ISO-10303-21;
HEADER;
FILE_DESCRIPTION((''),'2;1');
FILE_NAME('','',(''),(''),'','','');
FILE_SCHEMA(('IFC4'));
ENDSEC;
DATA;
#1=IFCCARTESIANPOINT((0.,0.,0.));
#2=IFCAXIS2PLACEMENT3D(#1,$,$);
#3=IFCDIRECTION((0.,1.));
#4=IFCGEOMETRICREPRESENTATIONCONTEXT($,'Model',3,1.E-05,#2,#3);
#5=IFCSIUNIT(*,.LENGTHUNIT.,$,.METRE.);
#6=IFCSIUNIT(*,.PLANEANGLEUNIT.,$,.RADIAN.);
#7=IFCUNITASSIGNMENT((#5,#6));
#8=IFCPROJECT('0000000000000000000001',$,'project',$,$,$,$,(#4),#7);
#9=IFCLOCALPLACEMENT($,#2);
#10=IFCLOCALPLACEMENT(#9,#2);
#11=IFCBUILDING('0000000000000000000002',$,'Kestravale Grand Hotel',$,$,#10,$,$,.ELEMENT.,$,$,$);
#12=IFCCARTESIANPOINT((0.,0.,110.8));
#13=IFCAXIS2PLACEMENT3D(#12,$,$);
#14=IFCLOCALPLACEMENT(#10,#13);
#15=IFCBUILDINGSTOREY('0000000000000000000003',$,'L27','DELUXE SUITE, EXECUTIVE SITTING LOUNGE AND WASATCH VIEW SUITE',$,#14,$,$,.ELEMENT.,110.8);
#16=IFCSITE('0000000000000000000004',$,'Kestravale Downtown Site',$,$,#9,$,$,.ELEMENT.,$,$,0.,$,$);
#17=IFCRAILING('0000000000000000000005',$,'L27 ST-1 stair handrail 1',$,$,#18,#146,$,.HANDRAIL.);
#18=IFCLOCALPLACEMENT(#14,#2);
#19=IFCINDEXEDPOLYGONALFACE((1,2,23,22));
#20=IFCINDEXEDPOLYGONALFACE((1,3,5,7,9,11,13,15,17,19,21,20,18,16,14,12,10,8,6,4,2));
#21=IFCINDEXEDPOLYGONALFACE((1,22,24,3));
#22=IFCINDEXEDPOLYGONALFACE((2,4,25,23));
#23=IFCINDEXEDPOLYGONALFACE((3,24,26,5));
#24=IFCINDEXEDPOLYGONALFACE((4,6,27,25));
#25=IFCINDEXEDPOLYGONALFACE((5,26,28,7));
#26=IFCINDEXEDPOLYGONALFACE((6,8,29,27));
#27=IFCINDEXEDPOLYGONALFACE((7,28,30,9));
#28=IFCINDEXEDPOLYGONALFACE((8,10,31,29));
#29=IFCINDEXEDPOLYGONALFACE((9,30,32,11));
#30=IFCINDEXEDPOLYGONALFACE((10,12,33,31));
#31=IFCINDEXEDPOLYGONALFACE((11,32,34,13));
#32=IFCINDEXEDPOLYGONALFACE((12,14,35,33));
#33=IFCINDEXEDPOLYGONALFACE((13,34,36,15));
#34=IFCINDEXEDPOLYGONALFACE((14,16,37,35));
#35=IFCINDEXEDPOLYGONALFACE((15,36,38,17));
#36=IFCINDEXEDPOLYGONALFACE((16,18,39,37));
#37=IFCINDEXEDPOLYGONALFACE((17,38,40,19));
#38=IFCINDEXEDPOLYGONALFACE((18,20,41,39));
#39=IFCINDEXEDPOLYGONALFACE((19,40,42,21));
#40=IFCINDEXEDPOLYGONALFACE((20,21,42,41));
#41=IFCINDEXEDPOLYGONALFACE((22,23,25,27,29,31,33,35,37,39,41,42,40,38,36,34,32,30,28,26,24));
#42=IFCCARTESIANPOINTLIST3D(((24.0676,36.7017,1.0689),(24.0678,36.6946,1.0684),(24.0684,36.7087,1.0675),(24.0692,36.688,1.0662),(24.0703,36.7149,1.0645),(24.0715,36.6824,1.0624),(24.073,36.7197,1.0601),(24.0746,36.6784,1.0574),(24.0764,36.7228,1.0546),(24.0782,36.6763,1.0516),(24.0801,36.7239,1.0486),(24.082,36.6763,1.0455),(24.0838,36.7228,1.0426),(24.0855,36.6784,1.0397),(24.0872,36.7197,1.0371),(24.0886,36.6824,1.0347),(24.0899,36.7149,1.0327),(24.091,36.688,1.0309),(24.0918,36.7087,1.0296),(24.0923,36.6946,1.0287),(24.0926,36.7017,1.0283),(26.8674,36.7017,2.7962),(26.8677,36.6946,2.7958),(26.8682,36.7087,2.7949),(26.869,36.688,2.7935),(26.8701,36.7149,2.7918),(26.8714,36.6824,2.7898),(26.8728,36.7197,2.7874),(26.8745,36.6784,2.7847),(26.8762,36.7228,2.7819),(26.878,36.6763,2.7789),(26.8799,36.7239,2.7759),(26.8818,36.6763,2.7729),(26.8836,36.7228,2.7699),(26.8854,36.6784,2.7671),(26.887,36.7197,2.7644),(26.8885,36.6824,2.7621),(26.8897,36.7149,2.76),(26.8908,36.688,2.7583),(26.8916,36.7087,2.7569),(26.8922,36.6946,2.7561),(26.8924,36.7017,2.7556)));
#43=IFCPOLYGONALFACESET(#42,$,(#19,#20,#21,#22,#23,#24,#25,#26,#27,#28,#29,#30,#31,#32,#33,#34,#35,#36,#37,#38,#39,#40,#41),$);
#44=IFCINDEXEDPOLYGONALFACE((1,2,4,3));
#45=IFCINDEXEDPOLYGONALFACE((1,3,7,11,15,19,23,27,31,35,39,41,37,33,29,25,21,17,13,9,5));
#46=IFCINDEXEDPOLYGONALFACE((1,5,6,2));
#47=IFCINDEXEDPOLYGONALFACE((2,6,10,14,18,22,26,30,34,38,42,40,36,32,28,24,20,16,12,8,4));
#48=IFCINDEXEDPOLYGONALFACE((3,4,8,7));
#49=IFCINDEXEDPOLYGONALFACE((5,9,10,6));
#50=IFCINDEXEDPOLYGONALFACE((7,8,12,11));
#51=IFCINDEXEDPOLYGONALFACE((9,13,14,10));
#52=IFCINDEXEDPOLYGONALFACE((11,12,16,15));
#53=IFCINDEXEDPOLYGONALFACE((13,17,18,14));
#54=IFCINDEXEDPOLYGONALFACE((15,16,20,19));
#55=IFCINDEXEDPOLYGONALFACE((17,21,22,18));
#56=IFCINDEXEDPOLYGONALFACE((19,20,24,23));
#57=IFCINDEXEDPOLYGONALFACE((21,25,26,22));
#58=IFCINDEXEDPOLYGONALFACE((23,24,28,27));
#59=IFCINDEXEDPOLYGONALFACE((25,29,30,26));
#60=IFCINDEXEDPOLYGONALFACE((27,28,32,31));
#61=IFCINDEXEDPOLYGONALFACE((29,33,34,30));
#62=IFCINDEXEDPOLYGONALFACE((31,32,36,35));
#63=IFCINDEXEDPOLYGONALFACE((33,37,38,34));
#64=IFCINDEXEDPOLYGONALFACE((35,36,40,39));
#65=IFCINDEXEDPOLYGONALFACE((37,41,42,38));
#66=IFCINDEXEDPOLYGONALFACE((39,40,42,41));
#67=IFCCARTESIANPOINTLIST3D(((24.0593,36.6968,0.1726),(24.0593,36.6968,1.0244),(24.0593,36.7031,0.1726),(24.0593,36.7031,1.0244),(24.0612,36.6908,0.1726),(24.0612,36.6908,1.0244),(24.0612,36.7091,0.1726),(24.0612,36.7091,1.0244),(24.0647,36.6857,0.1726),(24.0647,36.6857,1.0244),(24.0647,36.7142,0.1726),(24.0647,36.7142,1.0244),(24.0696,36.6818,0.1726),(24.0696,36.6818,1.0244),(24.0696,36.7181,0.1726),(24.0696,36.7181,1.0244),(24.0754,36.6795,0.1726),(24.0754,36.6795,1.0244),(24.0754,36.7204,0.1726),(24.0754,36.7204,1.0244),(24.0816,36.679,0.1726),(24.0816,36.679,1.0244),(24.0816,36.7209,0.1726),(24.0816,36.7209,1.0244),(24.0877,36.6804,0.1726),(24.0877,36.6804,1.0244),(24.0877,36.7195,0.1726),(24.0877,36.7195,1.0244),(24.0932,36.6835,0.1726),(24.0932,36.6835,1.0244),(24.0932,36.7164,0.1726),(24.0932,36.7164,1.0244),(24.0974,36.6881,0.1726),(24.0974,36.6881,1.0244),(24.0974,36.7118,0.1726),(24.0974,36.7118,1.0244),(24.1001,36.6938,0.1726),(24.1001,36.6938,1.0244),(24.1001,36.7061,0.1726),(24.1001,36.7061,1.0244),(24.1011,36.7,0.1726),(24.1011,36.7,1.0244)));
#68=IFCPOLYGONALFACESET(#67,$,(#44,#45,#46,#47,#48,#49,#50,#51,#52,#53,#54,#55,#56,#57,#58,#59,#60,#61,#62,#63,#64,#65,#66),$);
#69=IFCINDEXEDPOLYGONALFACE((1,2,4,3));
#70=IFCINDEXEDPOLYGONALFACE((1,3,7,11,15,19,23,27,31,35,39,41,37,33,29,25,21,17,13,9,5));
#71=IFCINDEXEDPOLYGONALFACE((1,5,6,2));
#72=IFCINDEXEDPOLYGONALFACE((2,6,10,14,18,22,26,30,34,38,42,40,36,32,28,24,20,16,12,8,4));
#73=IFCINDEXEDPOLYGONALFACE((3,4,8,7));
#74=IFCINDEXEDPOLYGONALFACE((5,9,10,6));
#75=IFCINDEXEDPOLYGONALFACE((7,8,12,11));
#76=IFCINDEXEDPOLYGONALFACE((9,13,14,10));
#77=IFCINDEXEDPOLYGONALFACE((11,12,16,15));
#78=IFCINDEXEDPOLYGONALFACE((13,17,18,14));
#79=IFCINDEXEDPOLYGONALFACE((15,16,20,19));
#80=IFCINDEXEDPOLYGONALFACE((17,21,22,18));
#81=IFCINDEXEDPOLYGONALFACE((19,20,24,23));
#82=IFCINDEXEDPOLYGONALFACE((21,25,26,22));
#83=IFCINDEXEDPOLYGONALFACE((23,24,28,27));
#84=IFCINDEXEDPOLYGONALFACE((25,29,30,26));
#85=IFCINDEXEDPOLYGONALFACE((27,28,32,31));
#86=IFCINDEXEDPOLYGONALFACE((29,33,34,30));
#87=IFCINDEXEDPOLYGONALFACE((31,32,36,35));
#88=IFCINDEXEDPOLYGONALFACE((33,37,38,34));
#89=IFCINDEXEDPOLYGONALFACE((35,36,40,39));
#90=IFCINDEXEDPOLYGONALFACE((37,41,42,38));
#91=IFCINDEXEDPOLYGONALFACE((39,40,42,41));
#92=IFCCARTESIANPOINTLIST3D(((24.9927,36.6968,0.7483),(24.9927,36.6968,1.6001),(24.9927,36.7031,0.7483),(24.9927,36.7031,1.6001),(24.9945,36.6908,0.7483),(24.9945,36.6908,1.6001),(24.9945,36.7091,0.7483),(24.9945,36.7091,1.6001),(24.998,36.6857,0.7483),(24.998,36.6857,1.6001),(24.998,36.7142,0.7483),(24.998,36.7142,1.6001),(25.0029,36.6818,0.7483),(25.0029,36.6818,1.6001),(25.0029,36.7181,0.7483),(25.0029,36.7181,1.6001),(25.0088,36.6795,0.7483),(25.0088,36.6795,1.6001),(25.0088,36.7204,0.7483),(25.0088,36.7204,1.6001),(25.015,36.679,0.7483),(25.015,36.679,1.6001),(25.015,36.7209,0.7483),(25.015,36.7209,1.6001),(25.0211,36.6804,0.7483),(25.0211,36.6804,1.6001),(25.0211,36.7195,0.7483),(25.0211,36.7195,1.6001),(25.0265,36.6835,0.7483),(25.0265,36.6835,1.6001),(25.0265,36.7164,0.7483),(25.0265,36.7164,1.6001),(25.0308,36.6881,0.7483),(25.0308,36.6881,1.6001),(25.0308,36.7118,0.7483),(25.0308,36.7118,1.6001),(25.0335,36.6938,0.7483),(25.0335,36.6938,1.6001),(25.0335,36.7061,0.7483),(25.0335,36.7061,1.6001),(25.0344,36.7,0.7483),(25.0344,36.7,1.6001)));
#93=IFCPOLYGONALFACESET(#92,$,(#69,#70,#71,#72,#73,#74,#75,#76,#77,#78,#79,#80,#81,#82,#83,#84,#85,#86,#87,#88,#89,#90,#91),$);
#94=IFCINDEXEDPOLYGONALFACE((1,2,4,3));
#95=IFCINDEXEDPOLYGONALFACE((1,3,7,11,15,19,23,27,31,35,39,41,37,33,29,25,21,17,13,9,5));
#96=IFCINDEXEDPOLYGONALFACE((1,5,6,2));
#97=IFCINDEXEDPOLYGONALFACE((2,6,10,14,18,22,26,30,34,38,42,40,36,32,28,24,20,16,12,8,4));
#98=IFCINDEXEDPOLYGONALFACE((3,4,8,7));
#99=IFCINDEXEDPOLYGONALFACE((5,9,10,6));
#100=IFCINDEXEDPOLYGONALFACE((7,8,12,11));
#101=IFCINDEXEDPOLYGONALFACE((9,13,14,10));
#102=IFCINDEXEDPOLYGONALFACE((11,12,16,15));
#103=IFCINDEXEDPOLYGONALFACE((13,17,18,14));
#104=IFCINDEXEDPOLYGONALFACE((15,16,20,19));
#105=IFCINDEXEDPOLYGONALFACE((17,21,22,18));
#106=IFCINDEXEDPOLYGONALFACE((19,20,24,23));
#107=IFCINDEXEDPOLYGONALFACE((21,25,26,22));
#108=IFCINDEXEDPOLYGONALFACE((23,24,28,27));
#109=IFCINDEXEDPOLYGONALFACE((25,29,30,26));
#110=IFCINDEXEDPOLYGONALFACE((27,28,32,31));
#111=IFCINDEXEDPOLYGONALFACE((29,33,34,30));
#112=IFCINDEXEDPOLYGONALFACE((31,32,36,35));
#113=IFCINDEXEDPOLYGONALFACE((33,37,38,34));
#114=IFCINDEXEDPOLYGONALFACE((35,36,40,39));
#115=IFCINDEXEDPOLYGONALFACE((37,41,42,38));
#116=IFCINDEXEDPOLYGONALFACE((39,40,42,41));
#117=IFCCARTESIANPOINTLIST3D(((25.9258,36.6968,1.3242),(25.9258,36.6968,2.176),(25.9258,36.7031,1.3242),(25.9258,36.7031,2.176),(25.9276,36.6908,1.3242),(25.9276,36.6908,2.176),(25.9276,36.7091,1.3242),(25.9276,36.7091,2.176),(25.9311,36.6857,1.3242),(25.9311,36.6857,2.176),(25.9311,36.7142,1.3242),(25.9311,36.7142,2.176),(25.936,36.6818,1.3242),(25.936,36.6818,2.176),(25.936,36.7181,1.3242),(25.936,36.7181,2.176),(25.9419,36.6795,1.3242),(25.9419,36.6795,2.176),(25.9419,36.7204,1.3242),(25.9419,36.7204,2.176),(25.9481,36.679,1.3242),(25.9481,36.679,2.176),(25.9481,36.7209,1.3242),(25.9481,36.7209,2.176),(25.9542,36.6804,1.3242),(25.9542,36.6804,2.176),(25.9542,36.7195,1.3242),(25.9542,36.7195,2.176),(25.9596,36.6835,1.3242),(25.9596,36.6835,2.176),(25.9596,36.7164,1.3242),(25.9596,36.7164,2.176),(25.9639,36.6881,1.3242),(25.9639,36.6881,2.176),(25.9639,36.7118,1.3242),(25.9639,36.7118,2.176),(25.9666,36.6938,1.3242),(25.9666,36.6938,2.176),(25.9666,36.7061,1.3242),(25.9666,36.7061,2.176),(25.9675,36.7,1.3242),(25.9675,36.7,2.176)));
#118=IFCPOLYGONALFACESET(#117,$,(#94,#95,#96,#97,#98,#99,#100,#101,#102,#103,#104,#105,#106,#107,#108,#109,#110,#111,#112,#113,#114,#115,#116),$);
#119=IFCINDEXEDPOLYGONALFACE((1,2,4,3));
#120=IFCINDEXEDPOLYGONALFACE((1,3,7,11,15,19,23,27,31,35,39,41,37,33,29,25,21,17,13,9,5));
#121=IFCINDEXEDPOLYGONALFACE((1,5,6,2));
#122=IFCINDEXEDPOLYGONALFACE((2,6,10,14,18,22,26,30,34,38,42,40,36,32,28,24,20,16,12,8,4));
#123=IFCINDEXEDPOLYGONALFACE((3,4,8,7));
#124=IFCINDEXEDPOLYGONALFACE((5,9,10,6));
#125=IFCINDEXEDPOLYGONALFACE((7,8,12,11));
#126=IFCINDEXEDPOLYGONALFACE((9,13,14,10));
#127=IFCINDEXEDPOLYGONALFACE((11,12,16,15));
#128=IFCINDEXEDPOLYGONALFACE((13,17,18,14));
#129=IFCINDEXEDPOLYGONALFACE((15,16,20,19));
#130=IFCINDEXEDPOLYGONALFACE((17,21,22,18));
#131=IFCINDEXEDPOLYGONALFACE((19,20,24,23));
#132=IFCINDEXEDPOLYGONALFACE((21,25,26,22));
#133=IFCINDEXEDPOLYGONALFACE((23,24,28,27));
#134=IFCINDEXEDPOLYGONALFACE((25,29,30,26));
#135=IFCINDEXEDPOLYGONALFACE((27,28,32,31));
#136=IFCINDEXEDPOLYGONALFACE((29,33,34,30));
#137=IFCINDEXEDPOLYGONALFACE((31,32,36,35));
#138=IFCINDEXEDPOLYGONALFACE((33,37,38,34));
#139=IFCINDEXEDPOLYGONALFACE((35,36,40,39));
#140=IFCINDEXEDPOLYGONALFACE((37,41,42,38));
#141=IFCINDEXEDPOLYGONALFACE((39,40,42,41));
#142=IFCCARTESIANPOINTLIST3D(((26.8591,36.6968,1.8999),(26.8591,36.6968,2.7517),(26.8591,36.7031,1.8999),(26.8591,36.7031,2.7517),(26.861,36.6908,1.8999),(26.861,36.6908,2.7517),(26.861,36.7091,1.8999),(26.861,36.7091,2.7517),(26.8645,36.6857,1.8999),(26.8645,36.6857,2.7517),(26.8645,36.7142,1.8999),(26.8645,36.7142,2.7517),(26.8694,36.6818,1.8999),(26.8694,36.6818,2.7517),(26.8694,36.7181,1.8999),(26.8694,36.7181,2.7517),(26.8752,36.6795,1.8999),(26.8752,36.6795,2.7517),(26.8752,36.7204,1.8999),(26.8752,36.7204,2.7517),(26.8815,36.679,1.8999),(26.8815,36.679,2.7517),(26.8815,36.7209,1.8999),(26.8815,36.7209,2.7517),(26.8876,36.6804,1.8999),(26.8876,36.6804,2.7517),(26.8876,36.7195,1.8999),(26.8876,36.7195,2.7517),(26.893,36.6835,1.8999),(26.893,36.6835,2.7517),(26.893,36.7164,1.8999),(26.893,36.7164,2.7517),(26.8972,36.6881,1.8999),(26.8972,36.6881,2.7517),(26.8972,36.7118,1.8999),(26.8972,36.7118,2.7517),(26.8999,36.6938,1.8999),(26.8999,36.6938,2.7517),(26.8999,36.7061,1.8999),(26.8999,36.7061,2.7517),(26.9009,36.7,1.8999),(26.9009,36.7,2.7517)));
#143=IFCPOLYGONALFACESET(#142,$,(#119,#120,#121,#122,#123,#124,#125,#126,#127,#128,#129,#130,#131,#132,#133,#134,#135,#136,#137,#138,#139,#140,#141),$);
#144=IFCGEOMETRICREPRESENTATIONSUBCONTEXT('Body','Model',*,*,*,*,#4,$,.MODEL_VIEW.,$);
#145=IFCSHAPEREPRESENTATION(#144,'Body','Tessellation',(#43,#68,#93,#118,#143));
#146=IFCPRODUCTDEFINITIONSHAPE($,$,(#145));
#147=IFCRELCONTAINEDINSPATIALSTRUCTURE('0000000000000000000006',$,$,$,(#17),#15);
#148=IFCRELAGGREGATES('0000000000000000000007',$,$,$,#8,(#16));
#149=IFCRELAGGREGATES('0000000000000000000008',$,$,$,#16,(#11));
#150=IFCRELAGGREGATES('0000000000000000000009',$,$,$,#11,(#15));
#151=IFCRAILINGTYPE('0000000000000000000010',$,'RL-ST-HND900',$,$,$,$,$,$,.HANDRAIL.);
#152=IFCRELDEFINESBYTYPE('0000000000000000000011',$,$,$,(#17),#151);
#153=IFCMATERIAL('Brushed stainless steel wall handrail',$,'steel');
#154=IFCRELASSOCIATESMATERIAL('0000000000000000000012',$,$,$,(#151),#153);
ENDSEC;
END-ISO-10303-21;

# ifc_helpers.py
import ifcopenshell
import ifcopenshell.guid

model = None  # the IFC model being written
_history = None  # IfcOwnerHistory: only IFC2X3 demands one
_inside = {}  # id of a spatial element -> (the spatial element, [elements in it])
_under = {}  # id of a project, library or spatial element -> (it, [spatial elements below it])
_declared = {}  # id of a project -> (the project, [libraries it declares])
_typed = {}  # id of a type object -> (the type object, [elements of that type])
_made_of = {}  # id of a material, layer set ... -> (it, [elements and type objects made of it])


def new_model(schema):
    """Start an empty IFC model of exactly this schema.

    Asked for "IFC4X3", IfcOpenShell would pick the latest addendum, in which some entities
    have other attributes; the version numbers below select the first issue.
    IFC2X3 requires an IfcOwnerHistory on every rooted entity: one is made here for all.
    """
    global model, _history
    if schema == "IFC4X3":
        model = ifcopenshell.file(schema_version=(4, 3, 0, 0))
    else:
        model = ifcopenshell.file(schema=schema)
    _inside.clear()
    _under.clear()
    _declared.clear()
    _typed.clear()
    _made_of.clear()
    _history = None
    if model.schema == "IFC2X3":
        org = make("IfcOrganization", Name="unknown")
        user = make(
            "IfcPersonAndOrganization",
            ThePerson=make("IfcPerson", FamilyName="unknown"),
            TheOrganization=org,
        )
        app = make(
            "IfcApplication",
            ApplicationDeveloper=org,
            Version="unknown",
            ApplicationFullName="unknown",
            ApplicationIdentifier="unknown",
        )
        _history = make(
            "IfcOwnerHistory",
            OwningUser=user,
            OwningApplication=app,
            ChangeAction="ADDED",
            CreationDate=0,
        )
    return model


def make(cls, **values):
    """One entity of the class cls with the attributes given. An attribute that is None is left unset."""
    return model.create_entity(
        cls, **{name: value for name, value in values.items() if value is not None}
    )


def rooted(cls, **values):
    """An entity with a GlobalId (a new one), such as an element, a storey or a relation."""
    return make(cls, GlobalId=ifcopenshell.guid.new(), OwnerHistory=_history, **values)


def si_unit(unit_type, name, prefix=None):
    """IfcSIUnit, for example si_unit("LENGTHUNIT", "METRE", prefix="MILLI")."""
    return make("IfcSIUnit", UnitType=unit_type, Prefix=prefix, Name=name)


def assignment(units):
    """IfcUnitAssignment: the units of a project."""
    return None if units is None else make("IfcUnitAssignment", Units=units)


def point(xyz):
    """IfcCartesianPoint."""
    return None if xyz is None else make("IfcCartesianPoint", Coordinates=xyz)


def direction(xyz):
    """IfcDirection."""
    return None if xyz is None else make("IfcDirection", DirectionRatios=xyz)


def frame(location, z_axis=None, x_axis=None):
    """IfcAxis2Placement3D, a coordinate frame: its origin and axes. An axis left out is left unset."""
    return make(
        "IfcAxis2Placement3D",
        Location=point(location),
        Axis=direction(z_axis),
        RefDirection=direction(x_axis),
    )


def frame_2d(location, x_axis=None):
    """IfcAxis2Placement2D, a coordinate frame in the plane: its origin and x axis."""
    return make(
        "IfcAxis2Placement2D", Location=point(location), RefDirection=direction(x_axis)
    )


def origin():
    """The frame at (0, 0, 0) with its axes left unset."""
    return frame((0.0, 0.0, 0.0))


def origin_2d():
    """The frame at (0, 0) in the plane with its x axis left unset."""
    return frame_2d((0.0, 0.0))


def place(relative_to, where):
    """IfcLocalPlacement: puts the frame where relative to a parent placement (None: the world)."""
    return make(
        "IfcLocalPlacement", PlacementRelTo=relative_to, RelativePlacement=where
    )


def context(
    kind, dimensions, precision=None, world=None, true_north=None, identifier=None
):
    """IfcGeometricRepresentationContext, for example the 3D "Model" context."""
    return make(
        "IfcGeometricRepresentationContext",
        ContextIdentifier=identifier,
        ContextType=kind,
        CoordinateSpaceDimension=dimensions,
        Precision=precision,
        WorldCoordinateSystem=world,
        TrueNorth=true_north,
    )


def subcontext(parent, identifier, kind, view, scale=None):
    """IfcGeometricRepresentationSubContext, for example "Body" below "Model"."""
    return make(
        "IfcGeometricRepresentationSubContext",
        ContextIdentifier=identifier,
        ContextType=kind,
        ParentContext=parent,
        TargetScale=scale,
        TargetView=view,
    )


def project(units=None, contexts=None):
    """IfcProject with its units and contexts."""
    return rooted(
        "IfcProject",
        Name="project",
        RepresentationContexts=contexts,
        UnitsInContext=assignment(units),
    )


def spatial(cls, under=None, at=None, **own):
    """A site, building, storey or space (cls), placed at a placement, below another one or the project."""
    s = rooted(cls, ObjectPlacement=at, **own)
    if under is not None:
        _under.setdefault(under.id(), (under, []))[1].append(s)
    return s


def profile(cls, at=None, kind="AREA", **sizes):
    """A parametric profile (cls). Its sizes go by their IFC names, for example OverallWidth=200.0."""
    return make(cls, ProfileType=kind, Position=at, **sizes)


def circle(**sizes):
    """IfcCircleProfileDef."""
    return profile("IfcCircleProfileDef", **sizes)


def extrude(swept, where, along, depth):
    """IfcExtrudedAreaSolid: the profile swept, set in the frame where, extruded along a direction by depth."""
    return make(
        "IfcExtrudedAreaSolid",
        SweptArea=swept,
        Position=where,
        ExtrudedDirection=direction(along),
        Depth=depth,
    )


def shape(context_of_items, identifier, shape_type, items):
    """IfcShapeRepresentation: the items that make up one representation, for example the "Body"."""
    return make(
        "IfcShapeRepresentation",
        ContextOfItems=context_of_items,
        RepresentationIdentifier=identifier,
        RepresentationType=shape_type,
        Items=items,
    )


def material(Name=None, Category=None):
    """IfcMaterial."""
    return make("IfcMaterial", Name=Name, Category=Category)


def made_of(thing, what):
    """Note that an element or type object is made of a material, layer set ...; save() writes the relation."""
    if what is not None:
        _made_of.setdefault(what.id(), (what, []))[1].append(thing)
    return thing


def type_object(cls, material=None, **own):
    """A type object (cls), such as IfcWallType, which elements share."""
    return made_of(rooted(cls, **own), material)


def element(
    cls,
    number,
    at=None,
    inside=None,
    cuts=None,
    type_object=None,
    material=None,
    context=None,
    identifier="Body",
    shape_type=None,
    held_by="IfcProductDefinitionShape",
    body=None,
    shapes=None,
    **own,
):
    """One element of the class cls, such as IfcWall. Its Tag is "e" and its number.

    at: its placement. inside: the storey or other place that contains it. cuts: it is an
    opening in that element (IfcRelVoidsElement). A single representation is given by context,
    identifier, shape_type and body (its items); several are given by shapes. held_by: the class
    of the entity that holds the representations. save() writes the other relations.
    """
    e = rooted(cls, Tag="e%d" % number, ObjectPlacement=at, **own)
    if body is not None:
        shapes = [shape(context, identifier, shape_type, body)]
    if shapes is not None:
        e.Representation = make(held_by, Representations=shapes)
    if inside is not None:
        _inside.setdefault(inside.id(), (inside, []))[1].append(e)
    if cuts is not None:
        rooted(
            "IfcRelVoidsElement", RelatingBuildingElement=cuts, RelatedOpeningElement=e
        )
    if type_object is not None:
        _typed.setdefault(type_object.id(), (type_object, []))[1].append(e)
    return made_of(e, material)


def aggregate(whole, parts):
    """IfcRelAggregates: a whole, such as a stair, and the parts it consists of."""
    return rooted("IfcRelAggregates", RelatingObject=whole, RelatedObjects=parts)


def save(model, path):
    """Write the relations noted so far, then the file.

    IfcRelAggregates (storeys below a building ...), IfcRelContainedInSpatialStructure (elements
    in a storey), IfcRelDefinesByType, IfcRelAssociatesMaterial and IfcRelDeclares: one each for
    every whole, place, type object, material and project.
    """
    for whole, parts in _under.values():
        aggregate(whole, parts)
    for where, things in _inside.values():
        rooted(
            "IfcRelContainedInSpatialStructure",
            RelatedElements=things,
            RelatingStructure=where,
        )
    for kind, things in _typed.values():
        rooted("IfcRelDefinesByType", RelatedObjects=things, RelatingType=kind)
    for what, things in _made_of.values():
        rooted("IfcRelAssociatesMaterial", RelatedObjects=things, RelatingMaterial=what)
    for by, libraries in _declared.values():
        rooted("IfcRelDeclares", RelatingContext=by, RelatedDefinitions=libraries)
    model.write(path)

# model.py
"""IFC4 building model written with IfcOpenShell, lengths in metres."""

from ifc_helpers import new_model, si_unit, direction, frame, origin, origin_2d, place, context, subcontext, project, spatial, circle, extrude, material, type_object, element, save


model = new_model("IFC4")

# Units and contexts
model_context = context("Model", 3, precision=1e-05, world=origin(), true_north=direction((0.0, 1.0)))
body_context = subcontext(model_context, "Body", "Model", "MODEL_VIEW")
ifc_project = project(units=[si_unit("LENGTHUNIT", "METRE"), si_unit("PLANEANGLEUNIT", "RADIAN")], contexts=[model_context])

# Site, building, storey
site_placement = place(None, origin())
site = spatial("IfcSite", under=ifc_project, at=site_placement, Name="Kestravale Downtown Site", CompositionType="ELEMENT", RefElevation=0.0)
building_placement = place(site_placement, origin())
building = spatial("IfcBuilding", under=site, at=building_placement, Name="Kestravale Grand Hotel", CompositionType="ELEMENT")
storey_placement = place(building_placement, frame((0.0, 0.0, 110.8)))
storey = spatial("IfcBuildingStorey", under=building, at=storey_placement, Name="L27", Description="DELUXE SUITE, EXECUTIVE SITTING LOUNGE AND WASATCH VIEW SUITE", CompositionType="ELEMENT", Elevation=110.8)

# Railing
ifc_material_1 = material(Name="Brushed stainless steel wall handrail", Category="steel")
railing_type_1 = type_object("IfcRailingType", Name="RL-ST-HND900", PredefinedType="HANDRAIL", material=ifc_material_1)
railing_1_placement = place(storey_placement, frame((24.0801, 36.7, 0.1726)))
element("IfcRailing", 1, at=railing_1_placement, inside=storey, type_object=railing_type_1, Name="L27 ST-1 stair handrail 1", PredefinedType="HANDRAIL", context=body_context, shape_type="SweptSolid", body=[
    extrude(circle(Radius=0.0239, at=origin_2d()), frame((0.0, 0.0, 0.876), z_axis=(0.851069, 0.0, 0.525054), x_axis=(0.0, 1.0, 0.0)), (0.0, 0.0, 1.0), 3.2898),
    extrude(circle(Radius=0.021, at=origin_2d()), origin(), (0.0, 0.0, 1.0), 0.8518),
    extrude(circle(Radius=0.021, at=origin_2d()), frame((0.9333, 0.0, 0.5757)), (0.0, 0.0, 1.0), 0.8518),
    extrude(circle(Radius=0.021, at=origin_2d()), frame((1.8665, 0.0, 1.1516)), (0.0, 0.0, 1.0), 0.8518),
    extrude(circle(Radius=0.021, at=origin_2d()), frame((2.7998, 0.0, 1.7273)), (0.0, 0.0, 1.0), 0.8518),
])

save(model, "model.ifc")
